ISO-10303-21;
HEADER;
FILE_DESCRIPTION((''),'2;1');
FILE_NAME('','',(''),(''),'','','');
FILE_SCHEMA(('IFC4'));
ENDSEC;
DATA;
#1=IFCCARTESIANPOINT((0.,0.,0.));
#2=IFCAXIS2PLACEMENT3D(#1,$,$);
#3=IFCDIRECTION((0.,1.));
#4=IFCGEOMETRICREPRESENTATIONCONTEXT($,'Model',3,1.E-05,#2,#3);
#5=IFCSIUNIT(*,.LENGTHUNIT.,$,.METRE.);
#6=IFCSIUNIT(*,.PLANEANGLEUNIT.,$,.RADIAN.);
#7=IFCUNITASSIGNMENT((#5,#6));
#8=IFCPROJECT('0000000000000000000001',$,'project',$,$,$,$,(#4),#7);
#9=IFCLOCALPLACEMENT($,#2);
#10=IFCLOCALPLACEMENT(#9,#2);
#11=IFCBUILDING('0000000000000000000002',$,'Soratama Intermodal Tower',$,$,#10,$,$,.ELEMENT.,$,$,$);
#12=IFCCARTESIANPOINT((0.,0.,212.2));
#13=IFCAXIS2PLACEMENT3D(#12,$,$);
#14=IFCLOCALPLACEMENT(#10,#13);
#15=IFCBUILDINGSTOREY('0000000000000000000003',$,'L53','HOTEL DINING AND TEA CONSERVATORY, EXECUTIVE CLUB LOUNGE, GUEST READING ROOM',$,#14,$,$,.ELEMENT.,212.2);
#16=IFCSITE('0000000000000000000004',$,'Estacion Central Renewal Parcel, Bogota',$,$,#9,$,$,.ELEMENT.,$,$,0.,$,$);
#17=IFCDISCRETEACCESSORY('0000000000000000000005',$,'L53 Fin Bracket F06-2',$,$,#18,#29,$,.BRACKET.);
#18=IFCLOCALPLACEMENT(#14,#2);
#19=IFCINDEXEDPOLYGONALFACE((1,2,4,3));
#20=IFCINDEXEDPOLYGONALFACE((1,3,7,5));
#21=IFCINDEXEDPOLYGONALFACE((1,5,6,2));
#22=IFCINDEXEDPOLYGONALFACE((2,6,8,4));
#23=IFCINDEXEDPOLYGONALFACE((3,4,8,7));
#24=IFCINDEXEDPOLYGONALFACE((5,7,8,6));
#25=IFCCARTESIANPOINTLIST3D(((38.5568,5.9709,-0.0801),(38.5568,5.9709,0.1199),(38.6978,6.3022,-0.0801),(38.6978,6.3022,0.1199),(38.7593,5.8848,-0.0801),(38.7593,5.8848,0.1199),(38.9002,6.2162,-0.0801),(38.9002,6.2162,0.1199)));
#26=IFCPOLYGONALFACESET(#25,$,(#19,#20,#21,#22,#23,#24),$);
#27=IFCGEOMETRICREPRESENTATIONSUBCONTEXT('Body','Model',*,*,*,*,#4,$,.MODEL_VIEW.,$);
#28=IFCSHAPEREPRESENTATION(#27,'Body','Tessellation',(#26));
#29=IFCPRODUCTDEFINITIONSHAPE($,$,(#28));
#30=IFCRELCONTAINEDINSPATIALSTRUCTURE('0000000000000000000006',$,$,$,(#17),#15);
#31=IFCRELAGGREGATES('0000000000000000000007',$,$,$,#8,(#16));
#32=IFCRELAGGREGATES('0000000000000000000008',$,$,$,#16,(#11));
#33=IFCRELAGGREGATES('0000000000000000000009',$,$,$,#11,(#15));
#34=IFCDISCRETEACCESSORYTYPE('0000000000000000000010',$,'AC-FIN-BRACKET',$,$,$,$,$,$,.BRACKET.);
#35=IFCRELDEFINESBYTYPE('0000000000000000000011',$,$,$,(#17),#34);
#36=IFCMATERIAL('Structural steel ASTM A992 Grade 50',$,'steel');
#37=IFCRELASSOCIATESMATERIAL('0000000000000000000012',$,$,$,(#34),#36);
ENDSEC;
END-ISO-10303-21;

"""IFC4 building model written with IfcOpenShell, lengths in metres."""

from ifc_helpers import new_model, si_unit, direction, frame, origin, origin_2d, place, context, subcontext, project, spatial, rectangle, extrude, material, type_object, element, save


model = new_model("IFC4")

# Units and contexts
model_context = context("Model", 3, precision=1e-05, world=origin(), true_north=direction((0.0, 1.0)))
body_context = subcontext(model_context, "Body", "Model", "MODEL_VIEW")
ifc_project = project(units=[si_unit("LENGTHUNIT", "METRE"), si_unit("PLANEANGLEUNIT", "RADIAN")], contexts=[model_context])

# Site, building, storey
site_placement = place(None, origin())
site = spatial("IfcSite", under=ifc_project, at=site_placement, Name="Estacion Central Renewal Parcel, Bogota", CompositionType="ELEMENT", RefElevation=0.0)
building_placement = place(site_placement, origin())
building = spatial("IfcBuilding", under=site, at=building_placement, Name="Soratama Intermodal Tower", CompositionType="ELEMENT")
storey_placement = place(building_placement, frame((0.0, 0.0, 212.2)))
storey = spatial("IfcBuildingStorey", under=building, at=storey_placement, Name="L53", Description="HOTEL DINING AND TEA CONSERVATORY, EXECUTIVE CLUB LOUNGE, GUEST READING ROOM", CompositionType="ELEMENT", Elevation=212.2)

# Discrete accessory
ifc_material_1 = material(Name="Structural steel ASTM A992 Grade 50", Category="steel")
discrete_accessory_type = type_object("IfcDiscreteAccessoryType", Name="AC-FIN-BRACKET", PredefinedType="BRACKET", material=ifc_material_1)
for number, where, z_axis, x_axis, name in (
    (1, (38.7285, 6.0935, -0.0801), (0.0, 0.0, 1.0), (-0.391374, -0.920232, 0.0), "L53 Fin Bracket F06-2"),
):
    element("IfcDiscreteAccessory", number, at=place(storey_placement, frame(where, z_axis=z_axis, x_axis=x_axis)), inside=storey, type_object=discrete_accessory_type, Name=name, PredefinedType="BRACKET", context=body_context, shape_type="SweptSolid", body=[
        extrude(rectangle(XDim=0.3601, YDim=0.22, at=origin_2d()), origin(), (0.0, 0.0, 1.0), 0.2),
    ])

save(model, "model.ifc")
